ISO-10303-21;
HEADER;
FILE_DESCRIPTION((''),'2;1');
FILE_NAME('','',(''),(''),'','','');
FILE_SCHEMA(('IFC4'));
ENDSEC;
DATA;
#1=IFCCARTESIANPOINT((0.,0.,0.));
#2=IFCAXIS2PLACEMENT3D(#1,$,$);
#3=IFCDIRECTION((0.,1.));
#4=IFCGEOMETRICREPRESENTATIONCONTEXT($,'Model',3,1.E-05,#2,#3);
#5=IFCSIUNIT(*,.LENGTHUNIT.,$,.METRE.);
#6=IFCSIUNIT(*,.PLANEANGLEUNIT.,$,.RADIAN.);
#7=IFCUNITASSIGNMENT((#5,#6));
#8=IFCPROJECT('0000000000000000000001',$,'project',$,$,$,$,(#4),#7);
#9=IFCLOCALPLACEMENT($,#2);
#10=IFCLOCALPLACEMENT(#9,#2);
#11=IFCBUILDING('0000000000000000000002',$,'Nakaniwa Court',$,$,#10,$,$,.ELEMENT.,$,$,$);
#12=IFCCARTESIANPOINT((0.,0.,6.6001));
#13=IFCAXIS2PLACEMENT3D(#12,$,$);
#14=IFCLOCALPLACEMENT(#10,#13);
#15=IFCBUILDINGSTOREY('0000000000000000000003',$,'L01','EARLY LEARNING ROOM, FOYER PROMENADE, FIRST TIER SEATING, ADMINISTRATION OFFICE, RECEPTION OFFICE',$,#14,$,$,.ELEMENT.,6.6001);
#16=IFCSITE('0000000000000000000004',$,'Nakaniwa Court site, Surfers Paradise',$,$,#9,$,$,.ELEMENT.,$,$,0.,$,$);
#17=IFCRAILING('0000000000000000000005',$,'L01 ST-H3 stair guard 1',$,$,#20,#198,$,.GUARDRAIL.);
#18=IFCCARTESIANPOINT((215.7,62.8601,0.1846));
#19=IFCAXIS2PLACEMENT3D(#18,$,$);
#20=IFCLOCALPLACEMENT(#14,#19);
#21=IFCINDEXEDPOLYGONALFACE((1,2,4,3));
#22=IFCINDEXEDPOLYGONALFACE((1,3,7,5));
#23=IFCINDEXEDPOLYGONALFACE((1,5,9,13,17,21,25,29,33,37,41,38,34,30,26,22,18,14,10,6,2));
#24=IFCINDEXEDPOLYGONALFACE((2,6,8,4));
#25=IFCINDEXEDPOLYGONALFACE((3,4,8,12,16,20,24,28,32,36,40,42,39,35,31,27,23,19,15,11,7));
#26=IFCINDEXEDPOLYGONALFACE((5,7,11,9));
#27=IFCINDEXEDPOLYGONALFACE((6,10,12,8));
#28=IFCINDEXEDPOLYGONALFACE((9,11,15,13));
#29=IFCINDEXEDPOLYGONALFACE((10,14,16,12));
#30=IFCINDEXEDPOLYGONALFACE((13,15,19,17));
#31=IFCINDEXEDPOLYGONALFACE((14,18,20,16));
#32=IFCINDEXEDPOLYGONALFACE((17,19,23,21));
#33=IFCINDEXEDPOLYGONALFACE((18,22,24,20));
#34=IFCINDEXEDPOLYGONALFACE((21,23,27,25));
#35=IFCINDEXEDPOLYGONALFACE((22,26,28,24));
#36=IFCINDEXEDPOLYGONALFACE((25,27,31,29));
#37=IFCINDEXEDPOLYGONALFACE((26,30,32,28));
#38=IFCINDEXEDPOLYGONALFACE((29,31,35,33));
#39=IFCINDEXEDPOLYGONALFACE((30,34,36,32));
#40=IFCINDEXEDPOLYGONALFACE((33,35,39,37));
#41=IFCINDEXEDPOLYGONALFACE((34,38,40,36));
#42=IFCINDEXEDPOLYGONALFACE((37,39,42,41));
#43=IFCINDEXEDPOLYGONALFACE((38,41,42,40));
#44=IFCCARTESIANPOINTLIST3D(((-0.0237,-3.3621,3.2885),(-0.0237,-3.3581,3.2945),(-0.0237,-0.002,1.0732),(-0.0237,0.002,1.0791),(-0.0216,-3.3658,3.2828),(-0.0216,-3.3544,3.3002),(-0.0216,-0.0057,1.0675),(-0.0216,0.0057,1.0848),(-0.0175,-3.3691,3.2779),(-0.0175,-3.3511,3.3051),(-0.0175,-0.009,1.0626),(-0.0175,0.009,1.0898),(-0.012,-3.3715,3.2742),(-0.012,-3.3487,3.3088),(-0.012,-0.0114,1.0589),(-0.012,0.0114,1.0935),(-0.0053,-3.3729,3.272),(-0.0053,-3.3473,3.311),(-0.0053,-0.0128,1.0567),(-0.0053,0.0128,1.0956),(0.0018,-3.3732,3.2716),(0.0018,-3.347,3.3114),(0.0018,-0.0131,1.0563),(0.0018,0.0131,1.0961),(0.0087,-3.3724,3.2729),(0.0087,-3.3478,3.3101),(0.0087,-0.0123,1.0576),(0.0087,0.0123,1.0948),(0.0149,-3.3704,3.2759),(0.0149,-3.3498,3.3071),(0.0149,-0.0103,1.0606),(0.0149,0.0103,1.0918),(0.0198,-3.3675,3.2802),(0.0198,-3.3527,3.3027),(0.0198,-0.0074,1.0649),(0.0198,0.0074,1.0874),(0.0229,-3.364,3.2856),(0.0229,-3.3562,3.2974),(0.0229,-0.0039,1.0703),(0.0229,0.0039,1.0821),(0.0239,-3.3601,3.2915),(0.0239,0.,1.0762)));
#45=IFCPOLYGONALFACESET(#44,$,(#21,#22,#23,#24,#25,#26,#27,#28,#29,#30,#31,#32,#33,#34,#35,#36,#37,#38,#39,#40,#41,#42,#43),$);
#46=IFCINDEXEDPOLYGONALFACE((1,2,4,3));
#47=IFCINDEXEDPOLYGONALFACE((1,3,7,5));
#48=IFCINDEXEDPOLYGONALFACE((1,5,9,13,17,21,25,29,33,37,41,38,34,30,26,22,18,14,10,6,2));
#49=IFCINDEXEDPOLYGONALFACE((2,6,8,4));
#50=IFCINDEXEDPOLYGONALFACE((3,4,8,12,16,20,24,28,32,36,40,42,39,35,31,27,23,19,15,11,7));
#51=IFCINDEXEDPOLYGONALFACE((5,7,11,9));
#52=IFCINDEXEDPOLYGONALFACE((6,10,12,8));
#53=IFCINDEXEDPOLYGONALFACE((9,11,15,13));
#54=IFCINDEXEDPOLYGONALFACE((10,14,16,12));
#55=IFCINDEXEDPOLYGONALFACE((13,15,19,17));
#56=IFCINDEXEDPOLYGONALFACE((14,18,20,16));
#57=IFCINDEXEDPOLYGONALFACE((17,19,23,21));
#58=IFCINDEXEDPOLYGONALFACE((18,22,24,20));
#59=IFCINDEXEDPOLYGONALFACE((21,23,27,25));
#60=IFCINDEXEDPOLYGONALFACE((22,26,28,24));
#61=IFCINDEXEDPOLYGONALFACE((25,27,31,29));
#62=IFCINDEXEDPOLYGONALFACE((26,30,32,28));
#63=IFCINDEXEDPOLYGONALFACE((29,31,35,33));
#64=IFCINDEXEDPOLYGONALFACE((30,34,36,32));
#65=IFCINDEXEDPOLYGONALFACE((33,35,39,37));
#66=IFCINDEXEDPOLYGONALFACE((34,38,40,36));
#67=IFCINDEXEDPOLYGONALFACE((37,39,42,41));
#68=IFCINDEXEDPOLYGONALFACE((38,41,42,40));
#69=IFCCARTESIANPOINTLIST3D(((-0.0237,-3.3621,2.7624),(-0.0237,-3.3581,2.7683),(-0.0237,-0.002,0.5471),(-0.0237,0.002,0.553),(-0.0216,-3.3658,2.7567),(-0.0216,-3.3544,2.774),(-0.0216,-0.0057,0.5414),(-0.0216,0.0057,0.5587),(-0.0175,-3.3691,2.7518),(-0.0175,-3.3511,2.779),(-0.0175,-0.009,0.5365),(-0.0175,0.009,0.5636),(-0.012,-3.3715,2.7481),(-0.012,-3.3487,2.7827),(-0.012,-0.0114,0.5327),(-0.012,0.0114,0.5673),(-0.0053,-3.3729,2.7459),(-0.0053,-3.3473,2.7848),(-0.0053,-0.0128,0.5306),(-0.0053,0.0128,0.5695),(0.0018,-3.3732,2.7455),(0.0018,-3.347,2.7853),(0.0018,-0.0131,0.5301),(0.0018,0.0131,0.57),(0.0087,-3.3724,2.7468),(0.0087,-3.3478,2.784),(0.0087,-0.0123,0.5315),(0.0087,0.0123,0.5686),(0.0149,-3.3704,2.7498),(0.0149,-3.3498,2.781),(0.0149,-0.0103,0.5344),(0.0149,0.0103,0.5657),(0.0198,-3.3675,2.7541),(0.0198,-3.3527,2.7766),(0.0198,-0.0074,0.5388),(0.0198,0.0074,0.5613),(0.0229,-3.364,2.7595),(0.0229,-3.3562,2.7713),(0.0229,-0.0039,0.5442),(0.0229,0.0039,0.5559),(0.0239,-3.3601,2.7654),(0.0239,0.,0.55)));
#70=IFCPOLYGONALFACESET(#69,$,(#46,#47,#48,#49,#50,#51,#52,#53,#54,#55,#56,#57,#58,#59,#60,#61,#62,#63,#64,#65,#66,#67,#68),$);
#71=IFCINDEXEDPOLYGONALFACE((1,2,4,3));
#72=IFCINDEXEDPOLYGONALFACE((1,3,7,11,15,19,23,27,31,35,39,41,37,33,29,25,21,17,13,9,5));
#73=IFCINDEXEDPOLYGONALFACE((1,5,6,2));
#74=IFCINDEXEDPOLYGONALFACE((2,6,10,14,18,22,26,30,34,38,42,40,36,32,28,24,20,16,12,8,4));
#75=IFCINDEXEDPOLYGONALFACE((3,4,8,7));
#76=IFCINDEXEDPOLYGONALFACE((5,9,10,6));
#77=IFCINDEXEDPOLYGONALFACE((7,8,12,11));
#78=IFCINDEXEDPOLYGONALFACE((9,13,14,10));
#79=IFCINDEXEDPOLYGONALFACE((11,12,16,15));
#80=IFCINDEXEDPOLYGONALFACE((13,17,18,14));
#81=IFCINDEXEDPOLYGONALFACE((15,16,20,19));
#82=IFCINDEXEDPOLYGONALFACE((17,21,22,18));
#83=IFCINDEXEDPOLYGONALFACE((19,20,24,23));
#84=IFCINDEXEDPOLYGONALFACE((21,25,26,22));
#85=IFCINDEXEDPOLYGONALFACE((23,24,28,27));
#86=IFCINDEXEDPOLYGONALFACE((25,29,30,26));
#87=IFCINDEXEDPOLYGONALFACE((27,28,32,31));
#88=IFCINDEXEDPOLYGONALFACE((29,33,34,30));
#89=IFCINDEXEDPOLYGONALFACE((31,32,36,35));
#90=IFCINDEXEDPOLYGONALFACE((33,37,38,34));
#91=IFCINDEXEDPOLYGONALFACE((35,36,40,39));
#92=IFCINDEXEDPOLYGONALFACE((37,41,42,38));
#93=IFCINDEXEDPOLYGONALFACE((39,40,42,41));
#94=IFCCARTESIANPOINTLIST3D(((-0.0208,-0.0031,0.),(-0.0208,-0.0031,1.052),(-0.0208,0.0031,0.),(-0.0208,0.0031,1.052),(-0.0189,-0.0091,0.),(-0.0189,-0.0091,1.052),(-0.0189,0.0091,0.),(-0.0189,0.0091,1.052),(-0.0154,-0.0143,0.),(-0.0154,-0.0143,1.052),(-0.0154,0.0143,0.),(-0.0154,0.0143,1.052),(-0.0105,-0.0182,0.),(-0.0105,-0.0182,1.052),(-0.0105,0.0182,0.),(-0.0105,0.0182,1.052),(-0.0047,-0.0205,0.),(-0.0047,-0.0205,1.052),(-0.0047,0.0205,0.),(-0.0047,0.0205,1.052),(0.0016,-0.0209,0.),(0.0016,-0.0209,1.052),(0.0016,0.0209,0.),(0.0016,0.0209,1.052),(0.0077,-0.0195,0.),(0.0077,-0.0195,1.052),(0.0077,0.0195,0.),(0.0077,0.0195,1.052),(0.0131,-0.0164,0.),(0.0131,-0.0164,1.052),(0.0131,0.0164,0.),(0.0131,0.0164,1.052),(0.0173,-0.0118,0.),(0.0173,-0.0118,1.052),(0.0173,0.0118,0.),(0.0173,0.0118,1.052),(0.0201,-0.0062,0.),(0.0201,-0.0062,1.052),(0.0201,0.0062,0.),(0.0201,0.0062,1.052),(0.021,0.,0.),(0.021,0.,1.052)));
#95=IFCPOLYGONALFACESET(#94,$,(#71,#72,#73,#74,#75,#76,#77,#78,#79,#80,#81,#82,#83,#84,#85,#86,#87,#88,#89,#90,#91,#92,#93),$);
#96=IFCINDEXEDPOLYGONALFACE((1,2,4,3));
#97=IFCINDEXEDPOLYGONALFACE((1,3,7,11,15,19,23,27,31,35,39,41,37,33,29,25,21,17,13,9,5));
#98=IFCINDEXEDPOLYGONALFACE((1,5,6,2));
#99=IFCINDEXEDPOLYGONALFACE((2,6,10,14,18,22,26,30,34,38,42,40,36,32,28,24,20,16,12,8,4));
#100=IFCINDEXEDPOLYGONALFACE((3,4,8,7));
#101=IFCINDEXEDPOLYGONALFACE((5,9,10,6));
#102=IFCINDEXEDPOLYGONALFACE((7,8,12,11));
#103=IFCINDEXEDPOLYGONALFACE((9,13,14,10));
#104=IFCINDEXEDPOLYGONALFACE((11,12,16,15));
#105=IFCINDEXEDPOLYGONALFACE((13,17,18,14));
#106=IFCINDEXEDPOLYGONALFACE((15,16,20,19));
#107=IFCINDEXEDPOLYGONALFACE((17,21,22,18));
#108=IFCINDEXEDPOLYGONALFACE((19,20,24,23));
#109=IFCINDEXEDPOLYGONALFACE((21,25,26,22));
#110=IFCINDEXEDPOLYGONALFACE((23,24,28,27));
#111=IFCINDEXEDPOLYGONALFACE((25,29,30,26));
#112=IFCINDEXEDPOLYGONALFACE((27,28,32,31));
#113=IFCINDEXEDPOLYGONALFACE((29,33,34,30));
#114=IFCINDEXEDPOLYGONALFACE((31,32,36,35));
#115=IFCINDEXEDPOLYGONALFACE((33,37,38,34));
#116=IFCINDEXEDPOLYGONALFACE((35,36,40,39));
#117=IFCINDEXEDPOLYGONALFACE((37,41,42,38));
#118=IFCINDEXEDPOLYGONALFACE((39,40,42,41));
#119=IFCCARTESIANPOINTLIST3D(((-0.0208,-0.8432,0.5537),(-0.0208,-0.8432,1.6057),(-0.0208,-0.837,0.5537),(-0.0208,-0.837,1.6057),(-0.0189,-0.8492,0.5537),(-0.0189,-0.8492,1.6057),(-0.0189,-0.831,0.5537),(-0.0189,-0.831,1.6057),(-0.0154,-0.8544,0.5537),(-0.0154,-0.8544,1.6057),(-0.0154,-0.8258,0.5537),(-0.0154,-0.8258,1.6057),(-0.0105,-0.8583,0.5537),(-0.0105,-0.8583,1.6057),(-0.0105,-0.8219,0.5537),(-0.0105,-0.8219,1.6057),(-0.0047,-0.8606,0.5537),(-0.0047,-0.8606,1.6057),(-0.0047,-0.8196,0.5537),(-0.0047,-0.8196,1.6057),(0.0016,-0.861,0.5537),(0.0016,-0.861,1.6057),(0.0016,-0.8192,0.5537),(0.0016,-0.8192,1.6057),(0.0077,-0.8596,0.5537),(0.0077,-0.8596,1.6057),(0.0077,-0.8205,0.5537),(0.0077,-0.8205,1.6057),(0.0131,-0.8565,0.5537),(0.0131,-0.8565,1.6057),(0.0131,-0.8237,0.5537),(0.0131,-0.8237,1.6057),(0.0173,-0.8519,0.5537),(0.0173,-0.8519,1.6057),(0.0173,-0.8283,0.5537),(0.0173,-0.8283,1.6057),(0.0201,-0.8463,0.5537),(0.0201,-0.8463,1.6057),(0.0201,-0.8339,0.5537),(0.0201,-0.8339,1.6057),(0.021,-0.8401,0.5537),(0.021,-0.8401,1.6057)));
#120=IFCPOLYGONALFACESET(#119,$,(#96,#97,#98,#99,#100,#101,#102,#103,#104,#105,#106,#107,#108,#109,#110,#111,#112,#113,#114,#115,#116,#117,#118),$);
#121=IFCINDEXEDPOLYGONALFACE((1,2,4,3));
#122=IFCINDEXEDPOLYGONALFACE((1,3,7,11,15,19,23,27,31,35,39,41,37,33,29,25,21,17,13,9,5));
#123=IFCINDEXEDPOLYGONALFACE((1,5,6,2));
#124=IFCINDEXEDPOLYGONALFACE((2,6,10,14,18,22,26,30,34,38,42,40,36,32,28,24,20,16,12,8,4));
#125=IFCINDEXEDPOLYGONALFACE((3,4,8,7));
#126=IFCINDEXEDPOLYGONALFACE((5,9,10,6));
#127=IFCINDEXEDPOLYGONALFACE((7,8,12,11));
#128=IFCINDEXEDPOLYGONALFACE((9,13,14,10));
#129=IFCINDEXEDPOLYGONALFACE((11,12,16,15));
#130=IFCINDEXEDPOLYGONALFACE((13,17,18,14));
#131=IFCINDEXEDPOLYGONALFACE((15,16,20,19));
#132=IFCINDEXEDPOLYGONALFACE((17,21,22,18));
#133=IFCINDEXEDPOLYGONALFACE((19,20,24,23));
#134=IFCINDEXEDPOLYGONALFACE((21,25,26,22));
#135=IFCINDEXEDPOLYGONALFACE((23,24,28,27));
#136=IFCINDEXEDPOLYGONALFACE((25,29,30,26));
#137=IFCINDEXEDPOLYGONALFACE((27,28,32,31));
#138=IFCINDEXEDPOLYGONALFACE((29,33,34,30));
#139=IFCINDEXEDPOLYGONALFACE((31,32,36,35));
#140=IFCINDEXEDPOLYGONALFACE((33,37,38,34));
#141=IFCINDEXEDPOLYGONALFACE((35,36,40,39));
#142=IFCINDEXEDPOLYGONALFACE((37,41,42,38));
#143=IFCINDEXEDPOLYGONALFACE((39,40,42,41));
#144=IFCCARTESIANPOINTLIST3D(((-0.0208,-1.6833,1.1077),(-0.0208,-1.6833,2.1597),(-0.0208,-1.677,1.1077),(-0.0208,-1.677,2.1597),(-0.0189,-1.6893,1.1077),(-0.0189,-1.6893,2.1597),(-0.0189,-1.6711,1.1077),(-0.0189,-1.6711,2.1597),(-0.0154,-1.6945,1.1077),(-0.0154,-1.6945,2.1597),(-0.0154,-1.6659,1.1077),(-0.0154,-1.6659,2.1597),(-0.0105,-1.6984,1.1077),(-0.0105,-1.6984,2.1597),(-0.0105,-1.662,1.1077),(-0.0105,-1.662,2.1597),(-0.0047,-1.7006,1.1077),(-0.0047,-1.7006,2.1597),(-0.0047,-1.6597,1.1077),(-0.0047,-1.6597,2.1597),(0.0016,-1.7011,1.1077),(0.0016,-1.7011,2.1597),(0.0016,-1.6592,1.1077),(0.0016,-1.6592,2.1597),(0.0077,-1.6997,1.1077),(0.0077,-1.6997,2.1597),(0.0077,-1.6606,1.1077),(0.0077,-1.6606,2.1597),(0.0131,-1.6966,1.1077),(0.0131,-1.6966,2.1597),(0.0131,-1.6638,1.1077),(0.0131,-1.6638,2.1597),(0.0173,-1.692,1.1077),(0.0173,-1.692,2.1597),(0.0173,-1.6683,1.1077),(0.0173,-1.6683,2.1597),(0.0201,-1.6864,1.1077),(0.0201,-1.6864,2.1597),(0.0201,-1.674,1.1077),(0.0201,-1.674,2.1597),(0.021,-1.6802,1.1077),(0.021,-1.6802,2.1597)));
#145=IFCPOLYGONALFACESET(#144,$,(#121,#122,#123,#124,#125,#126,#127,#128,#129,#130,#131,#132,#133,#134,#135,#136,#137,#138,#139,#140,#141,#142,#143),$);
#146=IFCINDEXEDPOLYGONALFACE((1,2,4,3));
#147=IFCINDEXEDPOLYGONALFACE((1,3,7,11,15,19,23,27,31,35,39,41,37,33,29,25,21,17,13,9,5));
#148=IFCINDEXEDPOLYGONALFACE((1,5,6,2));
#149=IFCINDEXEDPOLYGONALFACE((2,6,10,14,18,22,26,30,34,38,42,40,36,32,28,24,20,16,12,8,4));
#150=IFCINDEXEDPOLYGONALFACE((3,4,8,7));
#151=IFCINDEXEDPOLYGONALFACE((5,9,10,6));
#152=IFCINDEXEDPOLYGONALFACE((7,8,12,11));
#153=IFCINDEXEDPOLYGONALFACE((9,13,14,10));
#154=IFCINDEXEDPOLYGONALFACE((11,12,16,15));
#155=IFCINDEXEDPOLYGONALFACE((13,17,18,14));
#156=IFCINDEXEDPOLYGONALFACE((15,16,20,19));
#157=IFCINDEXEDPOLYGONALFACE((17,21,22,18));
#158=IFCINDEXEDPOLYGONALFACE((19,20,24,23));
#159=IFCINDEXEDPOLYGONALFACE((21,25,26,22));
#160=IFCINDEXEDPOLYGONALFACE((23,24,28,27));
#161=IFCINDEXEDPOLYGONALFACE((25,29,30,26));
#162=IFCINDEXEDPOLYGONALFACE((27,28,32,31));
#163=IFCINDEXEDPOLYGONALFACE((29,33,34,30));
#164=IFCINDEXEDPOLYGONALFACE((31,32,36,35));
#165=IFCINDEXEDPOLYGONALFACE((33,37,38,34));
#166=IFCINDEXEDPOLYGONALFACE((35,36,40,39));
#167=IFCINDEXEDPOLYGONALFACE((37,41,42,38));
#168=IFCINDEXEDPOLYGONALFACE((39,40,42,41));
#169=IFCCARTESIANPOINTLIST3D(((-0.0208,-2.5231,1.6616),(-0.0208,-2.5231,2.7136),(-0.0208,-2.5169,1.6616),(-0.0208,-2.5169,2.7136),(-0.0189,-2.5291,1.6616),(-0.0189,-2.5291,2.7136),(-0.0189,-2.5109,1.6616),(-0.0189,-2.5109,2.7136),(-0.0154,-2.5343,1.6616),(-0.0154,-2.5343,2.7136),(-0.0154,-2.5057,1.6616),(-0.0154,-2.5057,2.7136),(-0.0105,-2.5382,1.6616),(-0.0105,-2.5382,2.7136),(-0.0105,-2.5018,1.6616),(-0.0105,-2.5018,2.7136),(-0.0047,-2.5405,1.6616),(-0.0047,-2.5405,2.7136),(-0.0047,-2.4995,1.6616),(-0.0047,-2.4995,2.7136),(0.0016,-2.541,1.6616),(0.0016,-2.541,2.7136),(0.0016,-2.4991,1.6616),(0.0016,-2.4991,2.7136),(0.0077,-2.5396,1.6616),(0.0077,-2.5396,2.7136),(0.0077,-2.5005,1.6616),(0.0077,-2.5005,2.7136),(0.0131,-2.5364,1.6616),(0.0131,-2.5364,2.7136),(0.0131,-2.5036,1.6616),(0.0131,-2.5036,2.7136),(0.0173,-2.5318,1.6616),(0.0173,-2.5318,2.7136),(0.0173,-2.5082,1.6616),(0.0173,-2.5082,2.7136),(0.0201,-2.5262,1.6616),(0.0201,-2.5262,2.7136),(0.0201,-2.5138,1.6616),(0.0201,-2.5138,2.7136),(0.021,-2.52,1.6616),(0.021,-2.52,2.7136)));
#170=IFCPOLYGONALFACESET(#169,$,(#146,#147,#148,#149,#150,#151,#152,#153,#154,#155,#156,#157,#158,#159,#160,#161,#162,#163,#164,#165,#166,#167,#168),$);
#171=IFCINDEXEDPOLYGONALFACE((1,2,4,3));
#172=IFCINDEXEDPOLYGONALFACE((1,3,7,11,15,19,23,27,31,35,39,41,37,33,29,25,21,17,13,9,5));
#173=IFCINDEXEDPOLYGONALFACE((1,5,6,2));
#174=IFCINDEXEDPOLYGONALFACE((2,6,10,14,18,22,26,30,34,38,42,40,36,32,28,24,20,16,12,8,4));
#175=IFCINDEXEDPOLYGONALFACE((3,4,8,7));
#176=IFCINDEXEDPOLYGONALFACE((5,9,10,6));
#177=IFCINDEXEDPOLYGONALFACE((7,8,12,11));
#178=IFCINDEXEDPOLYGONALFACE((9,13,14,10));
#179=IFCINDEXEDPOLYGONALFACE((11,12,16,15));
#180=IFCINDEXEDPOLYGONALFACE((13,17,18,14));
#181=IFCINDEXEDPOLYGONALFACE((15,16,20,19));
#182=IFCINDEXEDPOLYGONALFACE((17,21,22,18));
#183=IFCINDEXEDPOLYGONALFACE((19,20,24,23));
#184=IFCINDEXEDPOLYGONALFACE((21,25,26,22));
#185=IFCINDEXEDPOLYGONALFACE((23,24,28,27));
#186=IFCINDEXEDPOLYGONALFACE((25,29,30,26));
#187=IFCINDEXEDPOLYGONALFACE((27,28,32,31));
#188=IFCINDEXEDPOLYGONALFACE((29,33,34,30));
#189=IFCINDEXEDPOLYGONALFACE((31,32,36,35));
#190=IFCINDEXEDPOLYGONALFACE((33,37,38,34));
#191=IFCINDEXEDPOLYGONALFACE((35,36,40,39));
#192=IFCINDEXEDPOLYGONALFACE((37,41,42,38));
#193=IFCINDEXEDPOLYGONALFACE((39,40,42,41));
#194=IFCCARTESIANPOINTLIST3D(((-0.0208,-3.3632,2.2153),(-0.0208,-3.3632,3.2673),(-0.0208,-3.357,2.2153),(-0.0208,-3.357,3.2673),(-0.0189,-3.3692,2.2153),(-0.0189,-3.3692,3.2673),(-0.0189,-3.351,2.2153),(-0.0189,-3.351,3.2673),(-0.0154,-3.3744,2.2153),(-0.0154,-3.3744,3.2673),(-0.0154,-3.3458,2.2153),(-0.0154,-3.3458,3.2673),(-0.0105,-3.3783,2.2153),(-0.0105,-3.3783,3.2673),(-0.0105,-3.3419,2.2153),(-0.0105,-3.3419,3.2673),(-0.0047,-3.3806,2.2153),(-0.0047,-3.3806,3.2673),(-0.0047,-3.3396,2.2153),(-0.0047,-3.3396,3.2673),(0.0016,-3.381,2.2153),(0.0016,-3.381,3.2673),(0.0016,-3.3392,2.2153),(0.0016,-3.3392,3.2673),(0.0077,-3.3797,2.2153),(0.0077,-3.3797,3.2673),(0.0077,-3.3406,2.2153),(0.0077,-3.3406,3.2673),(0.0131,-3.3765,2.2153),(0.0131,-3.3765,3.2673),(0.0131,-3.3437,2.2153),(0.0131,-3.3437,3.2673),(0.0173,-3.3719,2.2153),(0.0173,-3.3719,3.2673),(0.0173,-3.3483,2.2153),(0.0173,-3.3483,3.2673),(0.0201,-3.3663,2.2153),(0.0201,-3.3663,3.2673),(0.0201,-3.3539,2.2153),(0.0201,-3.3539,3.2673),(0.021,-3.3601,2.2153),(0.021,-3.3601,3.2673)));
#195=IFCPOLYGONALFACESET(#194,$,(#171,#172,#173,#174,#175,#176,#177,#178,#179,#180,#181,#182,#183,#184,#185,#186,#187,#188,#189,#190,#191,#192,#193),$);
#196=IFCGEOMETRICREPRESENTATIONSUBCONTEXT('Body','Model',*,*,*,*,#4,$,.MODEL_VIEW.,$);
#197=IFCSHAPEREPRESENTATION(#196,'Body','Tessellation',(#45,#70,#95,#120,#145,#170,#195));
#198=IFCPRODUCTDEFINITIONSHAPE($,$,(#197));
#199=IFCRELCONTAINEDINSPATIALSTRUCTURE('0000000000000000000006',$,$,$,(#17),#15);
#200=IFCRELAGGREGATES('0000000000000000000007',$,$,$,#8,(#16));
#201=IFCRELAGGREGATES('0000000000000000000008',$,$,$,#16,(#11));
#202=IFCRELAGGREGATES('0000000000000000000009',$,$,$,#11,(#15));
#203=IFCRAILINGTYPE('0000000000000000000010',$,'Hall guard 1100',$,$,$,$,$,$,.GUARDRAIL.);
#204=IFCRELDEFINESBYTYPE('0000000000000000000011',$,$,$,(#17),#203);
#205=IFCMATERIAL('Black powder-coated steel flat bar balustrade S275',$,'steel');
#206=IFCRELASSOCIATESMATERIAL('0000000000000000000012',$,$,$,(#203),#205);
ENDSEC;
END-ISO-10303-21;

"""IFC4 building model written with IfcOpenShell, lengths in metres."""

from ifc_helpers import new_model, si_unit, direction, frame, origin, origin_2d, place, context, subcontext, project, spatial, circle, extrude, material, type_object, element, save


model = new_model("IFC4")

# Units and contexts
model_context = context("Model", 3, precision=1e-05, world=origin(), true_north=direction((0.0, 1.0)))
body_context = subcontext(model_context, "Body", "Model", "MODEL_VIEW")
ifc_project = project(units=[si_unit("LENGTHUNIT", "METRE"), si_unit("PLANEANGLEUNIT", "RADIAN")], contexts=[model_context])

# Site, building, storey
site_placement = place(None, origin())
site = spatial("IfcSite", under=ifc_project, at=site_placement, Name="Nakaniwa Court site, Surfers Paradise", CompositionType="ELEMENT", RefElevation=0.0)
building_placement = place(site_placement, origin())
building = spatial("IfcBuilding", under=site, at=building_placement, Name="Nakaniwa Court", CompositionType="ELEMENT")
storey_placement = place(building_placement, frame((0.0, 0.0, 6.6001)))
storey = spatial("IfcBuildingStorey", under=building, at=storey_placement, Name="L01", Description="EARLY LEARNING ROOM, FOYER PROMENADE, FIRST TIER SEATING, ADMINISTRATION OFFICE, RECEPTION OFFICE", CompositionType="ELEMENT", Elevation=6.6001)

# Railing
ifc_material_1 = material(Name="Black powder-coated steel flat bar balustrade S275", Category="steel")
railing_type_1 = type_object("IfcRailingType", Name="Hall guard 1100", PredefinedType="GUARDRAIL", material=ifc_material_1)
railing_1_placement = place(storey_placement, frame((215.7, 62.8601, 0.1846)))
element("IfcRailing", 1, at=railing_1_placement, inside=storey, type_object=railing_type_1, Name="L01 ST-H3 stair guard 1", PredefinedType="GUARDRAIL", context=body_context, shape_type="SweptSolid", body=[
    extrude(circle(Radius=0.0239, at=origin_2d()), frame((0.0, 0.0, 1.0762), z_axis=(0.0, -0.834876, 0.550437), x_axis=(1.0, 0.0, 0.0)), (0.0, 0.0, 1.0), 4.0247),
    extrude(circle(Radius=0.0239, at=origin_2d()), frame((0.0, 0.0, 0.55), z_axis=(0.0, -0.834876, 0.550437), x_axis=(1.0, 0.0, 0.0)), (0.0, 0.0, 1.0), 4.0247),
    extrude(circle(Radius=0.021, at=origin_2d()), origin(), (0.0, 0.0, 1.0), 1.052),
    extrude(circle(Radius=0.021, at=origin_2d()), frame((0.0, -0.8401, 0.5537)), (0.0, 0.0, 1.0), 1.052),
    extrude(circle(Radius=0.021, at=origin_2d()), frame((0.0, -1.6802, 1.1077)), (0.0, 0.0, 1.0), 1.052),
    extrude(circle(Radius=0.021, at=origin_2d()), frame((0.0, -2.52, 1.6616)), (0.0, 0.0, 1.0), 1.052),
    extrude(circle(Radius=0.021, at=origin_2d()), frame((0.0, -3.3601, 2.2153)), (0.0, 0.0, 1.0), 1.052),
])

save(model, "model.ifc")
